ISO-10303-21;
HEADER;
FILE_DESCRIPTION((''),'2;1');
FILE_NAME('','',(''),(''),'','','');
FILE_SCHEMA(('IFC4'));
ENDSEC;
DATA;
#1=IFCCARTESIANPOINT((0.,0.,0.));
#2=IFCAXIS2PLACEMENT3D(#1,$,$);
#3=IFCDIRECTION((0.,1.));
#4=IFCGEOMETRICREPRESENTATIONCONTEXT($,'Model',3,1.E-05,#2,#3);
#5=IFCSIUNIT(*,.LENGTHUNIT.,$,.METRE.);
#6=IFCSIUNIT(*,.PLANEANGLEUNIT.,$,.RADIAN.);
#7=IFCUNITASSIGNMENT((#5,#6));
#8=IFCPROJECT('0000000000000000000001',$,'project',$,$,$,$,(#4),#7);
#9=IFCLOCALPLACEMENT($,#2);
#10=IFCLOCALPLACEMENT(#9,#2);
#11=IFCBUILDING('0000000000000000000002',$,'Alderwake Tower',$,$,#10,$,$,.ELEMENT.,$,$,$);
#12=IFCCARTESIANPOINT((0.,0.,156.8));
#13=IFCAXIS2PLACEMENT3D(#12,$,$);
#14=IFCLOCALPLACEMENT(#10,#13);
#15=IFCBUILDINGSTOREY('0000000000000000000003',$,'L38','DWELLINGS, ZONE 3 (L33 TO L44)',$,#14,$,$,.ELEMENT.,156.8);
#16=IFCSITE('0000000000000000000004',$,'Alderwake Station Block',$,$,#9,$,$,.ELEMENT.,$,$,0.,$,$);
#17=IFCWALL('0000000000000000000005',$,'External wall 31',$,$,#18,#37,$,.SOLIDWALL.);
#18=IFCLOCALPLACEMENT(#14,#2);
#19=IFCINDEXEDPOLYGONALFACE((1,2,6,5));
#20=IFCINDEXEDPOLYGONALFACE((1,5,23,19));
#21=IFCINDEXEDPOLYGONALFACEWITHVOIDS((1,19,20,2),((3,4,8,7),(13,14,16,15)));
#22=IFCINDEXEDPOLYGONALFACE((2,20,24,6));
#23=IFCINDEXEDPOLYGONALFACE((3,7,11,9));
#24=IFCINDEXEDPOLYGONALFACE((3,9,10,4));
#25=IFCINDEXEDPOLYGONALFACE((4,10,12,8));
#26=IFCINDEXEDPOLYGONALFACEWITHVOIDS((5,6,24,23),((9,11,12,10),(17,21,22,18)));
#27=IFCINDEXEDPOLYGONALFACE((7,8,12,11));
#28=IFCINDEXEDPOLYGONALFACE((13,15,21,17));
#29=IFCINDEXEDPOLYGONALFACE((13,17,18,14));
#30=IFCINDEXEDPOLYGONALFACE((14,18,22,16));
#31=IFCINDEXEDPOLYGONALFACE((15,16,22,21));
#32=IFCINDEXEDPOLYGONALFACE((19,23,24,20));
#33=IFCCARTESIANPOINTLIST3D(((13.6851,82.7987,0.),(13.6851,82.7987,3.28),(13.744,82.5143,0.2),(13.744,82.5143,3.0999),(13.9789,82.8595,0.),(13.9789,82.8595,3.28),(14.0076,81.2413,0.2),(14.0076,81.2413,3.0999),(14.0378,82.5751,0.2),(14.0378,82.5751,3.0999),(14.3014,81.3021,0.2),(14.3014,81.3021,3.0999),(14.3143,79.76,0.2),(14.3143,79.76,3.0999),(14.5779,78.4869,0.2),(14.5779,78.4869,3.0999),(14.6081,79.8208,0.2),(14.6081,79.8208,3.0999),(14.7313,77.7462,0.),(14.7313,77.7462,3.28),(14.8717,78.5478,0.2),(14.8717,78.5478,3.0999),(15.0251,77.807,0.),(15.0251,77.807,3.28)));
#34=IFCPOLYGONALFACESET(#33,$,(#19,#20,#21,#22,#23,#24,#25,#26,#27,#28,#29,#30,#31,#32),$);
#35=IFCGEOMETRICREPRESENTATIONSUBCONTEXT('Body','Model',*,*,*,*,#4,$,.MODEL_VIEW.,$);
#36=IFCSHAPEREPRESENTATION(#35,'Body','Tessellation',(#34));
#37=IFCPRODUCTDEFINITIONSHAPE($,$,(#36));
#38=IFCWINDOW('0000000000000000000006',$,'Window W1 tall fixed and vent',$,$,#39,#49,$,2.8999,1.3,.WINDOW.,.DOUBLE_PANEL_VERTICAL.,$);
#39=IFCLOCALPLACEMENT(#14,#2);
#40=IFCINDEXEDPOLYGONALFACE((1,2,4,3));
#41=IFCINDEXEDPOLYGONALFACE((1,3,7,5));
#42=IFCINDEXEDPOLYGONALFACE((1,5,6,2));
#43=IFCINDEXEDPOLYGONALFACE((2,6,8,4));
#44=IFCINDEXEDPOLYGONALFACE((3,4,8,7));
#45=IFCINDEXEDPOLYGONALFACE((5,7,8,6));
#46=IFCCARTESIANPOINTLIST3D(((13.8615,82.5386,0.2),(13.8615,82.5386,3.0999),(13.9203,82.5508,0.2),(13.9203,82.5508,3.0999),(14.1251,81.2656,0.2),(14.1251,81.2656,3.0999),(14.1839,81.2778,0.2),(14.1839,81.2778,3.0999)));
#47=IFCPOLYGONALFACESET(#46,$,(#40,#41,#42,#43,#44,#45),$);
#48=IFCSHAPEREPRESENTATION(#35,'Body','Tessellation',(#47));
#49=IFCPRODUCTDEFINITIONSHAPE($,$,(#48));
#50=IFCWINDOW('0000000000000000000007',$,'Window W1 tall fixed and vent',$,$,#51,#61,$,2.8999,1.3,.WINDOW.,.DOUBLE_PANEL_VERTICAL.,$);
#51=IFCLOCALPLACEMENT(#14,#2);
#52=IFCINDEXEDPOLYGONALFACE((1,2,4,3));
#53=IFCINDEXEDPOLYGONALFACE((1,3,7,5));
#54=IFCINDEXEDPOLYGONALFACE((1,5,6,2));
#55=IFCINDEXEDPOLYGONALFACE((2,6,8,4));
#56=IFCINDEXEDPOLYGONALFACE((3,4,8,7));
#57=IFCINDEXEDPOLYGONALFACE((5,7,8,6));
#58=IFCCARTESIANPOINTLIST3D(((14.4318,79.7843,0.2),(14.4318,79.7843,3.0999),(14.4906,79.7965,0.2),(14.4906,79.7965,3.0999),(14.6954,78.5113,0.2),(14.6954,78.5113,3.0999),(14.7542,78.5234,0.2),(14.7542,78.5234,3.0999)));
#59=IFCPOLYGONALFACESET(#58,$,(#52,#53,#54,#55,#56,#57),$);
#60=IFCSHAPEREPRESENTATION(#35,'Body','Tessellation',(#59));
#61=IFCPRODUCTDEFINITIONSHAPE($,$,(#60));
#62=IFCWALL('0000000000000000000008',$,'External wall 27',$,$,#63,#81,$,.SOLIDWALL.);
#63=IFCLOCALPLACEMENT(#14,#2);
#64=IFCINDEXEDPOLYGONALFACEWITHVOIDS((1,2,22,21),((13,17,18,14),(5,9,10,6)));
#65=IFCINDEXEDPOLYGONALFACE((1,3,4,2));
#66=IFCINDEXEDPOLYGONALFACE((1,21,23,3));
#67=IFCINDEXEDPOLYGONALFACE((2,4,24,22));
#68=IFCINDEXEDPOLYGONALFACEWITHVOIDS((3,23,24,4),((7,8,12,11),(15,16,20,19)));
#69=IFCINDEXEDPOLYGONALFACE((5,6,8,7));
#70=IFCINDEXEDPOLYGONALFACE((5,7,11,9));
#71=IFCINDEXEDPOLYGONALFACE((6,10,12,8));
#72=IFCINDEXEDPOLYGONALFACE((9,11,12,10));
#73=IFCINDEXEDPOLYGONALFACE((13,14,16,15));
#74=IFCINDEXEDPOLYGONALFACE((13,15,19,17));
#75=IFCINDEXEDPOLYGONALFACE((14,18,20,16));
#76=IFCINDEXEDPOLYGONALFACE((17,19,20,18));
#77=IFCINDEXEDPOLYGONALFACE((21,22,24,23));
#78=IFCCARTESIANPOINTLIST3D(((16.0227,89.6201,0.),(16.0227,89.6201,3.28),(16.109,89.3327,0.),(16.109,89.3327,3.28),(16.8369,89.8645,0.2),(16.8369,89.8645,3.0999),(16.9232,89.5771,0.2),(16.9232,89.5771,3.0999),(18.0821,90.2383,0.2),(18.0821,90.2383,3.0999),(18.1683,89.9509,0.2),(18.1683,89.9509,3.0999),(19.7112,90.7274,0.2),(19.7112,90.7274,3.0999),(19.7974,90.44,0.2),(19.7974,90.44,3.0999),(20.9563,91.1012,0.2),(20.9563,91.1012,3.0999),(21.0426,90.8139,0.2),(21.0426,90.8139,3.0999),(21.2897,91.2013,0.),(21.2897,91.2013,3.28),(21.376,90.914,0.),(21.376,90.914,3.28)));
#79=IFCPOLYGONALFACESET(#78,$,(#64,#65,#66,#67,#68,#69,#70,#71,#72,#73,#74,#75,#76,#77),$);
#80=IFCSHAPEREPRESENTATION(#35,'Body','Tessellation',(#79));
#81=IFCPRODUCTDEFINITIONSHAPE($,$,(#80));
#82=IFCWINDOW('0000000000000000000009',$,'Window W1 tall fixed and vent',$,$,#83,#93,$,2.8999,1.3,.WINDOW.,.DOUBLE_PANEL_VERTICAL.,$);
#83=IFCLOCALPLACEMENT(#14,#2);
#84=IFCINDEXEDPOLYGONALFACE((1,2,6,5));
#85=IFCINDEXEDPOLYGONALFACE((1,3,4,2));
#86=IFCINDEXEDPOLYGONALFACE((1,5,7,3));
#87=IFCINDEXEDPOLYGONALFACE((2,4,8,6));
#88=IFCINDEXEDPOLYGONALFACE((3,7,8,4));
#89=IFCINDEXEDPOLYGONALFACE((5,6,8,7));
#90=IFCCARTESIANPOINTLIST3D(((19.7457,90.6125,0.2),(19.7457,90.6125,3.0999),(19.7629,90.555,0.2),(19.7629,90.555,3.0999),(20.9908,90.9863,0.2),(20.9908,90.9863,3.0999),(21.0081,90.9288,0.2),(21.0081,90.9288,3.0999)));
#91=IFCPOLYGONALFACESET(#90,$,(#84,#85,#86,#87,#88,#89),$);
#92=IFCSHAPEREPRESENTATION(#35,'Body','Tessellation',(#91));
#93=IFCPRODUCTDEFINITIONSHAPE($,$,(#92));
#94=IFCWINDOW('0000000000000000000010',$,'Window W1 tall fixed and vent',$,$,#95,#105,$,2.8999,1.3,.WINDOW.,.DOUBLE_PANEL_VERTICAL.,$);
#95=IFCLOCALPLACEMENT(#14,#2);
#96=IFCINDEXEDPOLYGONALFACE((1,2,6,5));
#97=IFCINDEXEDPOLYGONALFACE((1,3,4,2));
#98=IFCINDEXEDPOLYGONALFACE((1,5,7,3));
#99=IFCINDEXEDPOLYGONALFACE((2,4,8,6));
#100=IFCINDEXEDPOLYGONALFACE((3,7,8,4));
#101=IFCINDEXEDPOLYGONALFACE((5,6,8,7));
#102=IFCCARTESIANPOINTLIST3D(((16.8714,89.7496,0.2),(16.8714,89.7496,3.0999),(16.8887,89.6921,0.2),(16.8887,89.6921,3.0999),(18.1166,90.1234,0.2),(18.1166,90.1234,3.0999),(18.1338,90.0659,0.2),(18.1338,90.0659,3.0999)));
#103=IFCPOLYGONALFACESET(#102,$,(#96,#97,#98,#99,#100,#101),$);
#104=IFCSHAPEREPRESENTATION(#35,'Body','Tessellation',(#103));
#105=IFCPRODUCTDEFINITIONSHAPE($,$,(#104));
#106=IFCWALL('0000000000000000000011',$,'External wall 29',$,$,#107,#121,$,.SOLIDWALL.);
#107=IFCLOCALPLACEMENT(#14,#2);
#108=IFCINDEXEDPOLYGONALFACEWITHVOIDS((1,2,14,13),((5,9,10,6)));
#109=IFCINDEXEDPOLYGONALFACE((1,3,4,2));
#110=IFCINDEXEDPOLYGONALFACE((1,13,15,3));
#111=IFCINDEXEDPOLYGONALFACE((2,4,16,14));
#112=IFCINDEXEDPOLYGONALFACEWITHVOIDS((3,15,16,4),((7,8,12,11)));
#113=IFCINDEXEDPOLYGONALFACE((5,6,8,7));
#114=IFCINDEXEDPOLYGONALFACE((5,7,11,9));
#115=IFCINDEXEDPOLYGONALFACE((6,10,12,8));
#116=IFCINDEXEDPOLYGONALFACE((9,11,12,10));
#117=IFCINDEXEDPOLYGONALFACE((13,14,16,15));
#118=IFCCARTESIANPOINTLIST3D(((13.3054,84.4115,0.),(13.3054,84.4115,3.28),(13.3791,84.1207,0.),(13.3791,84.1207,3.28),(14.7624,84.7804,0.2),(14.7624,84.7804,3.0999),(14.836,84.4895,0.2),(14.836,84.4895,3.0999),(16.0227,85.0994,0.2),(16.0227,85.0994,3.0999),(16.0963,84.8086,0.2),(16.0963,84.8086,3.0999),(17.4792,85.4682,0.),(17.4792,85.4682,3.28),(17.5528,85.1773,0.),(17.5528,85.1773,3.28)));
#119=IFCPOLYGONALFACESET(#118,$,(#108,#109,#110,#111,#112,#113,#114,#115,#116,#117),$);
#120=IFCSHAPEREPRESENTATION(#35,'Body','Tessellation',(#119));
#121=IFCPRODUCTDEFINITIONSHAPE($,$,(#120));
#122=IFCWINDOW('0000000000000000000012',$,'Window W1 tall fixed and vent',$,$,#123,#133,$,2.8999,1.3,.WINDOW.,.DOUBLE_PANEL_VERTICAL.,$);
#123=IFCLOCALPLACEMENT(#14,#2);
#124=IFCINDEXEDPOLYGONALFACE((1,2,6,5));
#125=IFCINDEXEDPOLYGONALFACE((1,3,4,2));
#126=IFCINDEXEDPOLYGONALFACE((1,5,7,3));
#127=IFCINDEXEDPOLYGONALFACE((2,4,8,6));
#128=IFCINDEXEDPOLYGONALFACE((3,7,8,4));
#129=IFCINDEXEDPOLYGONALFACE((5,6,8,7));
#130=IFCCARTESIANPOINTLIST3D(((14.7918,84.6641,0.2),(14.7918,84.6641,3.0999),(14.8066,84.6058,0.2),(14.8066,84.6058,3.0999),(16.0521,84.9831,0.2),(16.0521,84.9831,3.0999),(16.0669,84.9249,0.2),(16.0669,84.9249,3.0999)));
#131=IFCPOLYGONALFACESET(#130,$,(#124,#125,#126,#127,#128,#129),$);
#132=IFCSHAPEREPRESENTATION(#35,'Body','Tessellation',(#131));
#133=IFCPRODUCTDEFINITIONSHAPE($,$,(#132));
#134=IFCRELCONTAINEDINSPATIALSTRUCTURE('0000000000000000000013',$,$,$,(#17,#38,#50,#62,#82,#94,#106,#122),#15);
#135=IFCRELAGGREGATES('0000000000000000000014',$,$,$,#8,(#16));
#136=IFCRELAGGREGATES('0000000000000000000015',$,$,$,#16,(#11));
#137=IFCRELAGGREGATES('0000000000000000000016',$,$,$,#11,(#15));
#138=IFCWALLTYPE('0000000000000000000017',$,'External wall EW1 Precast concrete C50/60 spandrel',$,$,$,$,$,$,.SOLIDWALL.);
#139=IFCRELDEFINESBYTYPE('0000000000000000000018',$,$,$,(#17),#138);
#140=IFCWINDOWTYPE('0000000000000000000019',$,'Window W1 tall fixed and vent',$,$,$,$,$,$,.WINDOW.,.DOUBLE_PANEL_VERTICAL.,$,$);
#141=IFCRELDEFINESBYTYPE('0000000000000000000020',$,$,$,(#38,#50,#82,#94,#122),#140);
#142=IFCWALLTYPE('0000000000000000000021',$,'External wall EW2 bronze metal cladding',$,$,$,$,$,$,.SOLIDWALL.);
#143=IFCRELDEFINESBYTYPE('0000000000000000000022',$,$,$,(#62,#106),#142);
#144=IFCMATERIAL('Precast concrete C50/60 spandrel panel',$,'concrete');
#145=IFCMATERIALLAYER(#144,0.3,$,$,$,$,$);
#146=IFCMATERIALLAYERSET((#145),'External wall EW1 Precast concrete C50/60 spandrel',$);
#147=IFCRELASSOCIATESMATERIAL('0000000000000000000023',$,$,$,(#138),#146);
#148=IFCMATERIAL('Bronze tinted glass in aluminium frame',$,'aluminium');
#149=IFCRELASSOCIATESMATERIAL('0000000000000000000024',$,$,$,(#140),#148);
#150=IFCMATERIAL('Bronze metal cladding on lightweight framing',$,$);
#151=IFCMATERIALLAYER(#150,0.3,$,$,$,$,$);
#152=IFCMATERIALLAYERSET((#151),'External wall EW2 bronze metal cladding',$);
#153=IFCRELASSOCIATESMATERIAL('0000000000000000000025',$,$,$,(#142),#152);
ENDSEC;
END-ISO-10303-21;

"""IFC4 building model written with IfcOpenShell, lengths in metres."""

from ifc_helpers import new_model, si_unit, direction, frame, frame_2d, origin, place, context, subcontext, project, spatial, rectangle, extrude, material, layer, layer_set, type_object, element, fill, save


model = new_model("IFC4")

# Units and contexts
model_context = context("Model", 3, precision=1e-05, world=origin(), true_north=direction((0.0, 1.0)))
body_context = subcontext(model_context, "Body", "Model", "MODEL_VIEW")
ifc_project = project(units=[si_unit("LENGTHUNIT", "METRE"), si_unit("PLANEANGLEUNIT", "RADIAN")], contexts=[model_context])

# Site, building, storey
site_placement = place(None, origin())
site = spatial("IfcSite", under=ifc_project, at=site_placement, Name="Alderwake Station Block", CompositionType="ELEMENT", RefElevation=0.0)
building_placement = place(site_placement, origin())
building = spatial("IfcBuilding", under=site, at=building_placement, Name="Alderwake Tower", CompositionType="ELEMENT")
storey_placement = place(building_placement, frame((0.0, 0.0, 156.8)))
storey = spatial("IfcBuildingStorey", under=building, at=storey_placement, Name="L38", Description="DWELLINGS, ZONE 3 (L33 TO L44)", CompositionType="ELEMENT", Elevation=156.8)

# Shared definitions
ifc_material_1 = material(Name="Precast concrete C50/60 spandrel panel", Category="concrete")
ifc_layer_1 = layer(ifc_material_1, 0.3)
ifc_layer_set_1 = layer_set([ifc_layer_1], Name="External wall EW1 Precast concrete C50/60 spandrel")
wall_type_1 = type_object("IfcWallType", Name="External wall EW1 Precast concrete C50/60 spandrel", PredefinedType="SOLIDWALL", material=ifc_layer_set_1)

# Walls, openings, windows
wall_1_placement = place(storey_placement, frame((13.832, 82.8291, 0.0), z_axis=(0.0, 0.0, 1.0), x_axis=(0.202754, -0.97923, 0.0)))
wall_1 = element("IfcWall", 1, at=wall_1_placement, inside=storey, type_object=wall_type_1, Name="External wall 31", PredefinedType="SOLIDWALL", context=body_context, shape_type="SweptSolid", body=[
    extrude(rectangle(XDim=5.1597, YDim=0.3, at=frame_2d((2.5798, 0.0))), origin(), (0.0, 0.0, 1.0), 3.28),
])
opening_1_placement = place(wall_1_placement, frame((0.2905, 0.0, 0.2)))
opening_1 = element("IfcOpeningElement", 2, at=opening_1_placement, cuts=wall_1, PredefinedType="OPENING", context=body_context, shape_type="SweptSolid", body=[
    extrude(rectangle(XDim=1.3, YDim=2.8999, at=frame_2d((0.6499, 1.45))), frame((0.0, 0.1599, 0.0), z_axis=(0.0, -1.0, 0.0), x_axis=(1.0, 0.0, 0.0)), (0.0, 0.0, 1.0), 0.3201),
])
opening_2_placement = place(wall_1_placement, frame((3.1033, 0.0, 0.2)))
opening_2 = element("IfcOpeningElement", 3, at=opening_2_placement, cuts=wall_1, PredefinedType="OPENING", context=body_context, shape_type="SweptSolid", body=[
    extrude(rectangle(XDim=1.3, YDim=2.8999, at=frame_2d((0.6499, 1.45))), frame((0.0, 0.1599, 0.0), z_axis=(0.0, -1.0, 0.0), x_axis=(1.0, 0.0, 0.0)), (0.0, 0.0, 1.0), 0.3201),
])
ifc_material_2 = material(Name="Bronze tinted glass in aluminium frame", Category="aluminium")
window_type = type_object("IfcWindowType", Name="Window W1 tall fixed and vent", PartitioningType="DOUBLE_PANEL_VERTICAL", PredefinedType="WINDOW", material=ifc_material_2)
window_1_placement = place(opening_1_placement, origin())
window_1 = element("IfcWindow", 4, at=window_1_placement, inside=storey, type_object=window_type, Name="Window W1 tall fixed and vent", OverallHeight=2.8999, OverallWidth=1.3, PartitioningType="DOUBLE_PANEL_VERTICAL", PredefinedType="WINDOW", context=body_context, shape_type="SweptSolid", body=[
    extrude(rectangle(XDim=1.3, YDim=2.8999, at=frame_2d((0.6499, 1.45))), frame((0.0, 0.03, 0.0), z_axis=(0.0, -1.0, 0.0), x_axis=(1.0, 0.0, 0.0)), (0.0, 0.0, 1.0), 0.0601),
])
fill(opening_1, window_1)
window_2_placement = place(opening_2_placement, origin())
window_2 = element("IfcWindow", 5, at=window_2_placement, inside=storey, type_object=window_type, Name="Window W1 tall fixed and vent", OverallHeight=2.8999, OverallWidth=1.3, PartitioningType="DOUBLE_PANEL_VERTICAL", PredefinedType="WINDOW", context=body_context, shape_type="SweptSolid", body=[
    extrude(rectangle(XDim=1.3, YDim=2.8999, at=frame_2d((0.6499, 1.45))), frame((0.0, 0.03, 0.0), z_axis=(0.0, -1.0, 0.0), x_axis=(1.0, 0.0, 0.0)), (0.0, 0.0, 1.0), 0.0601),
])
fill(opening_2, window_2)
ifc_material_3 = material(Name="Bronze metal cladding on lightweight framing")
ifc_layer_2 = layer(ifc_material_3, 0.3)
ifc_layer_set_2 = layer_set([ifc_layer_2], Name="External wall EW2 bronze metal cladding")
wall_type_2 = type_object("IfcWallType", Name="External wall EW2 bronze metal cladding", PredefinedType="SOLIDWALL", material=ifc_layer_set_2)
wall_2_placement = place(storey_placement, frame((21.3328, 91.0576, 0.0), z_axis=(0.0, 0.0, 1.0), x_axis=(-0.957768, -0.287543, 0.0)))
wall_2 = element("IfcWall", 6, at=wall_2_placement, inside=storey, type_object=wall_type_2, Name="External wall 27", PredefinedType="SOLIDWALL", context=body_context, shape_type="SweptSolid", body=[
    extrude(rectangle(XDim=5.4993, YDim=0.3, at=frame_2d((2.7495, 0.0))), origin(), (0.0, 0.0, 1.0), 3.28),
])
opening_3_placement = place(wall_2_placement, frame((0.3481, 0.0, 0.2)))
opening_3 = element("IfcOpeningElement", 7, at=opening_3_placement, cuts=wall_2, PredefinedType="OPENING", context=body_context, shape_type="SweptSolid", body=[
    extrude(rectangle(XDim=1.3, YDim=2.8999, at=frame_2d((0.6499, 1.45))), frame((0.0, 0.1599, 0.0), z_axis=(0.0, -1.0, 0.0), x_axis=(1.0, 0.0, 0.0)), (0.0, 0.0, 1.0), 0.3201),
])
opening_4_placement = place(wall_2_placement, frame((3.3491, 0.0, 0.2)))
opening_4 = element("IfcOpeningElement", 8, at=opening_4_placement, cuts=wall_2, PredefinedType="OPENING", context=body_context, shape_type="SweptSolid", body=[
    extrude(rectangle(XDim=1.3, YDim=2.8999, at=frame_2d((0.6499, 1.45))), frame((0.0, 0.1599, 0.0), z_axis=(0.0, -1.0, 0.0), x_axis=(1.0, 0.0, 0.0)), (0.0, 0.0, 1.0), 0.3201),
])
window_3_placement = place(opening_3_placement, origin())
window_3 = element("IfcWindow", 9, at=window_3_placement, inside=storey, type_object=window_type, Name="Window W1 tall fixed and vent", OverallHeight=2.8999, OverallWidth=1.3, PartitioningType="DOUBLE_PANEL_VERTICAL", PredefinedType="WINDOW", context=body_context, shape_type="SweptSolid", body=[
    extrude(rectangle(XDim=1.3, YDim=2.8999, at=frame_2d((0.6499, 1.45))), frame((0.0, 0.03, 0.0), z_axis=(0.0, -1.0, 0.0), x_axis=(1.0, 0.0, 0.0)), (0.0, 0.0, 1.0), 0.0601),
])
fill(opening_3, window_3)
window_4_placement = place(opening_4_placement, origin())
window_4 = element("IfcWindow", 10, at=window_4_placement, inside=storey, type_object=window_type, Name="Window W1 tall fixed and vent", OverallHeight=2.8999, OverallWidth=1.3, PartitioningType="DOUBLE_PANEL_VERTICAL", PredefinedType="WINDOW", context=body_context, shape_type="SweptSolid", body=[
    extrude(rectangle(XDim=1.3, YDim=2.8999, at=frame_2d((0.6499, 1.45))), frame((0.0, 0.03, 0.0), z_axis=(0.0, -1.0, 0.0), x_axis=(1.0, 0.0, 0.0)), (0.0, 0.0, 1.0), 0.0601),
])
fill(opening_4, window_4)

# Wall, opening, window
wall_3_placement = place(storey_placement, frame((17.5161, 85.3228, 0.0), z_axis=(0.0, 0.0, 1.0), x_axis=(-0.969418, -0.245416, 0.0)))
wall_3 = element("IfcWall", 11, at=wall_3_placement, inside=storey, type_object=wall_type_2, Name="External wall 29", PredefinedType="SOLIDWALL", context=body_context, shape_type="SweptSolid", body=[
    extrude(rectangle(XDim=4.3054, YDim=0.3, at=frame_2d((2.1528, 0.0))), origin(), (0.0, 0.0, 1.0), 3.28),
])
opening_5_placement = place(wall_3_placement, frame((1.5027, 0.0, 0.2)))
opening_5 = element("IfcOpeningElement", 12, at=opening_5_placement, cuts=wall_3, PredefinedType="OPENING", context=body_context, shape_type="SweptSolid", body=[
    extrude(rectangle(XDim=1.3, YDim=2.8999, at=frame_2d((0.6499, 1.45))), frame((0.0, 0.1599, 0.0), z_axis=(0.0, -1.0, 0.0), x_axis=(1.0, 0.0, 0.0)), (0.0, 0.0, 1.0), 0.3201),
])
window_5_placement = place(opening_5_placement, origin())
window_5 = element("IfcWindow", 13, at=window_5_placement, inside=storey, type_object=window_type, Name="Window W1 tall fixed and vent", OverallHeight=2.8999, OverallWidth=1.3, PartitioningType="DOUBLE_PANEL_VERTICAL", PredefinedType="WINDOW", context=body_context, shape_type="SweptSolid", body=[
    extrude(rectangle(XDim=1.3, YDim=2.8999, at=frame_2d((0.6499, 1.45))), frame((0.0, 0.03, 0.0), z_axis=(0.0, -1.0, 0.0), x_axis=(1.0, 0.0, 0.0)), (0.0, 0.0, 1.0), 0.0601),
])
fill(opening_5, window_5)

save(model, "model.ifc")
